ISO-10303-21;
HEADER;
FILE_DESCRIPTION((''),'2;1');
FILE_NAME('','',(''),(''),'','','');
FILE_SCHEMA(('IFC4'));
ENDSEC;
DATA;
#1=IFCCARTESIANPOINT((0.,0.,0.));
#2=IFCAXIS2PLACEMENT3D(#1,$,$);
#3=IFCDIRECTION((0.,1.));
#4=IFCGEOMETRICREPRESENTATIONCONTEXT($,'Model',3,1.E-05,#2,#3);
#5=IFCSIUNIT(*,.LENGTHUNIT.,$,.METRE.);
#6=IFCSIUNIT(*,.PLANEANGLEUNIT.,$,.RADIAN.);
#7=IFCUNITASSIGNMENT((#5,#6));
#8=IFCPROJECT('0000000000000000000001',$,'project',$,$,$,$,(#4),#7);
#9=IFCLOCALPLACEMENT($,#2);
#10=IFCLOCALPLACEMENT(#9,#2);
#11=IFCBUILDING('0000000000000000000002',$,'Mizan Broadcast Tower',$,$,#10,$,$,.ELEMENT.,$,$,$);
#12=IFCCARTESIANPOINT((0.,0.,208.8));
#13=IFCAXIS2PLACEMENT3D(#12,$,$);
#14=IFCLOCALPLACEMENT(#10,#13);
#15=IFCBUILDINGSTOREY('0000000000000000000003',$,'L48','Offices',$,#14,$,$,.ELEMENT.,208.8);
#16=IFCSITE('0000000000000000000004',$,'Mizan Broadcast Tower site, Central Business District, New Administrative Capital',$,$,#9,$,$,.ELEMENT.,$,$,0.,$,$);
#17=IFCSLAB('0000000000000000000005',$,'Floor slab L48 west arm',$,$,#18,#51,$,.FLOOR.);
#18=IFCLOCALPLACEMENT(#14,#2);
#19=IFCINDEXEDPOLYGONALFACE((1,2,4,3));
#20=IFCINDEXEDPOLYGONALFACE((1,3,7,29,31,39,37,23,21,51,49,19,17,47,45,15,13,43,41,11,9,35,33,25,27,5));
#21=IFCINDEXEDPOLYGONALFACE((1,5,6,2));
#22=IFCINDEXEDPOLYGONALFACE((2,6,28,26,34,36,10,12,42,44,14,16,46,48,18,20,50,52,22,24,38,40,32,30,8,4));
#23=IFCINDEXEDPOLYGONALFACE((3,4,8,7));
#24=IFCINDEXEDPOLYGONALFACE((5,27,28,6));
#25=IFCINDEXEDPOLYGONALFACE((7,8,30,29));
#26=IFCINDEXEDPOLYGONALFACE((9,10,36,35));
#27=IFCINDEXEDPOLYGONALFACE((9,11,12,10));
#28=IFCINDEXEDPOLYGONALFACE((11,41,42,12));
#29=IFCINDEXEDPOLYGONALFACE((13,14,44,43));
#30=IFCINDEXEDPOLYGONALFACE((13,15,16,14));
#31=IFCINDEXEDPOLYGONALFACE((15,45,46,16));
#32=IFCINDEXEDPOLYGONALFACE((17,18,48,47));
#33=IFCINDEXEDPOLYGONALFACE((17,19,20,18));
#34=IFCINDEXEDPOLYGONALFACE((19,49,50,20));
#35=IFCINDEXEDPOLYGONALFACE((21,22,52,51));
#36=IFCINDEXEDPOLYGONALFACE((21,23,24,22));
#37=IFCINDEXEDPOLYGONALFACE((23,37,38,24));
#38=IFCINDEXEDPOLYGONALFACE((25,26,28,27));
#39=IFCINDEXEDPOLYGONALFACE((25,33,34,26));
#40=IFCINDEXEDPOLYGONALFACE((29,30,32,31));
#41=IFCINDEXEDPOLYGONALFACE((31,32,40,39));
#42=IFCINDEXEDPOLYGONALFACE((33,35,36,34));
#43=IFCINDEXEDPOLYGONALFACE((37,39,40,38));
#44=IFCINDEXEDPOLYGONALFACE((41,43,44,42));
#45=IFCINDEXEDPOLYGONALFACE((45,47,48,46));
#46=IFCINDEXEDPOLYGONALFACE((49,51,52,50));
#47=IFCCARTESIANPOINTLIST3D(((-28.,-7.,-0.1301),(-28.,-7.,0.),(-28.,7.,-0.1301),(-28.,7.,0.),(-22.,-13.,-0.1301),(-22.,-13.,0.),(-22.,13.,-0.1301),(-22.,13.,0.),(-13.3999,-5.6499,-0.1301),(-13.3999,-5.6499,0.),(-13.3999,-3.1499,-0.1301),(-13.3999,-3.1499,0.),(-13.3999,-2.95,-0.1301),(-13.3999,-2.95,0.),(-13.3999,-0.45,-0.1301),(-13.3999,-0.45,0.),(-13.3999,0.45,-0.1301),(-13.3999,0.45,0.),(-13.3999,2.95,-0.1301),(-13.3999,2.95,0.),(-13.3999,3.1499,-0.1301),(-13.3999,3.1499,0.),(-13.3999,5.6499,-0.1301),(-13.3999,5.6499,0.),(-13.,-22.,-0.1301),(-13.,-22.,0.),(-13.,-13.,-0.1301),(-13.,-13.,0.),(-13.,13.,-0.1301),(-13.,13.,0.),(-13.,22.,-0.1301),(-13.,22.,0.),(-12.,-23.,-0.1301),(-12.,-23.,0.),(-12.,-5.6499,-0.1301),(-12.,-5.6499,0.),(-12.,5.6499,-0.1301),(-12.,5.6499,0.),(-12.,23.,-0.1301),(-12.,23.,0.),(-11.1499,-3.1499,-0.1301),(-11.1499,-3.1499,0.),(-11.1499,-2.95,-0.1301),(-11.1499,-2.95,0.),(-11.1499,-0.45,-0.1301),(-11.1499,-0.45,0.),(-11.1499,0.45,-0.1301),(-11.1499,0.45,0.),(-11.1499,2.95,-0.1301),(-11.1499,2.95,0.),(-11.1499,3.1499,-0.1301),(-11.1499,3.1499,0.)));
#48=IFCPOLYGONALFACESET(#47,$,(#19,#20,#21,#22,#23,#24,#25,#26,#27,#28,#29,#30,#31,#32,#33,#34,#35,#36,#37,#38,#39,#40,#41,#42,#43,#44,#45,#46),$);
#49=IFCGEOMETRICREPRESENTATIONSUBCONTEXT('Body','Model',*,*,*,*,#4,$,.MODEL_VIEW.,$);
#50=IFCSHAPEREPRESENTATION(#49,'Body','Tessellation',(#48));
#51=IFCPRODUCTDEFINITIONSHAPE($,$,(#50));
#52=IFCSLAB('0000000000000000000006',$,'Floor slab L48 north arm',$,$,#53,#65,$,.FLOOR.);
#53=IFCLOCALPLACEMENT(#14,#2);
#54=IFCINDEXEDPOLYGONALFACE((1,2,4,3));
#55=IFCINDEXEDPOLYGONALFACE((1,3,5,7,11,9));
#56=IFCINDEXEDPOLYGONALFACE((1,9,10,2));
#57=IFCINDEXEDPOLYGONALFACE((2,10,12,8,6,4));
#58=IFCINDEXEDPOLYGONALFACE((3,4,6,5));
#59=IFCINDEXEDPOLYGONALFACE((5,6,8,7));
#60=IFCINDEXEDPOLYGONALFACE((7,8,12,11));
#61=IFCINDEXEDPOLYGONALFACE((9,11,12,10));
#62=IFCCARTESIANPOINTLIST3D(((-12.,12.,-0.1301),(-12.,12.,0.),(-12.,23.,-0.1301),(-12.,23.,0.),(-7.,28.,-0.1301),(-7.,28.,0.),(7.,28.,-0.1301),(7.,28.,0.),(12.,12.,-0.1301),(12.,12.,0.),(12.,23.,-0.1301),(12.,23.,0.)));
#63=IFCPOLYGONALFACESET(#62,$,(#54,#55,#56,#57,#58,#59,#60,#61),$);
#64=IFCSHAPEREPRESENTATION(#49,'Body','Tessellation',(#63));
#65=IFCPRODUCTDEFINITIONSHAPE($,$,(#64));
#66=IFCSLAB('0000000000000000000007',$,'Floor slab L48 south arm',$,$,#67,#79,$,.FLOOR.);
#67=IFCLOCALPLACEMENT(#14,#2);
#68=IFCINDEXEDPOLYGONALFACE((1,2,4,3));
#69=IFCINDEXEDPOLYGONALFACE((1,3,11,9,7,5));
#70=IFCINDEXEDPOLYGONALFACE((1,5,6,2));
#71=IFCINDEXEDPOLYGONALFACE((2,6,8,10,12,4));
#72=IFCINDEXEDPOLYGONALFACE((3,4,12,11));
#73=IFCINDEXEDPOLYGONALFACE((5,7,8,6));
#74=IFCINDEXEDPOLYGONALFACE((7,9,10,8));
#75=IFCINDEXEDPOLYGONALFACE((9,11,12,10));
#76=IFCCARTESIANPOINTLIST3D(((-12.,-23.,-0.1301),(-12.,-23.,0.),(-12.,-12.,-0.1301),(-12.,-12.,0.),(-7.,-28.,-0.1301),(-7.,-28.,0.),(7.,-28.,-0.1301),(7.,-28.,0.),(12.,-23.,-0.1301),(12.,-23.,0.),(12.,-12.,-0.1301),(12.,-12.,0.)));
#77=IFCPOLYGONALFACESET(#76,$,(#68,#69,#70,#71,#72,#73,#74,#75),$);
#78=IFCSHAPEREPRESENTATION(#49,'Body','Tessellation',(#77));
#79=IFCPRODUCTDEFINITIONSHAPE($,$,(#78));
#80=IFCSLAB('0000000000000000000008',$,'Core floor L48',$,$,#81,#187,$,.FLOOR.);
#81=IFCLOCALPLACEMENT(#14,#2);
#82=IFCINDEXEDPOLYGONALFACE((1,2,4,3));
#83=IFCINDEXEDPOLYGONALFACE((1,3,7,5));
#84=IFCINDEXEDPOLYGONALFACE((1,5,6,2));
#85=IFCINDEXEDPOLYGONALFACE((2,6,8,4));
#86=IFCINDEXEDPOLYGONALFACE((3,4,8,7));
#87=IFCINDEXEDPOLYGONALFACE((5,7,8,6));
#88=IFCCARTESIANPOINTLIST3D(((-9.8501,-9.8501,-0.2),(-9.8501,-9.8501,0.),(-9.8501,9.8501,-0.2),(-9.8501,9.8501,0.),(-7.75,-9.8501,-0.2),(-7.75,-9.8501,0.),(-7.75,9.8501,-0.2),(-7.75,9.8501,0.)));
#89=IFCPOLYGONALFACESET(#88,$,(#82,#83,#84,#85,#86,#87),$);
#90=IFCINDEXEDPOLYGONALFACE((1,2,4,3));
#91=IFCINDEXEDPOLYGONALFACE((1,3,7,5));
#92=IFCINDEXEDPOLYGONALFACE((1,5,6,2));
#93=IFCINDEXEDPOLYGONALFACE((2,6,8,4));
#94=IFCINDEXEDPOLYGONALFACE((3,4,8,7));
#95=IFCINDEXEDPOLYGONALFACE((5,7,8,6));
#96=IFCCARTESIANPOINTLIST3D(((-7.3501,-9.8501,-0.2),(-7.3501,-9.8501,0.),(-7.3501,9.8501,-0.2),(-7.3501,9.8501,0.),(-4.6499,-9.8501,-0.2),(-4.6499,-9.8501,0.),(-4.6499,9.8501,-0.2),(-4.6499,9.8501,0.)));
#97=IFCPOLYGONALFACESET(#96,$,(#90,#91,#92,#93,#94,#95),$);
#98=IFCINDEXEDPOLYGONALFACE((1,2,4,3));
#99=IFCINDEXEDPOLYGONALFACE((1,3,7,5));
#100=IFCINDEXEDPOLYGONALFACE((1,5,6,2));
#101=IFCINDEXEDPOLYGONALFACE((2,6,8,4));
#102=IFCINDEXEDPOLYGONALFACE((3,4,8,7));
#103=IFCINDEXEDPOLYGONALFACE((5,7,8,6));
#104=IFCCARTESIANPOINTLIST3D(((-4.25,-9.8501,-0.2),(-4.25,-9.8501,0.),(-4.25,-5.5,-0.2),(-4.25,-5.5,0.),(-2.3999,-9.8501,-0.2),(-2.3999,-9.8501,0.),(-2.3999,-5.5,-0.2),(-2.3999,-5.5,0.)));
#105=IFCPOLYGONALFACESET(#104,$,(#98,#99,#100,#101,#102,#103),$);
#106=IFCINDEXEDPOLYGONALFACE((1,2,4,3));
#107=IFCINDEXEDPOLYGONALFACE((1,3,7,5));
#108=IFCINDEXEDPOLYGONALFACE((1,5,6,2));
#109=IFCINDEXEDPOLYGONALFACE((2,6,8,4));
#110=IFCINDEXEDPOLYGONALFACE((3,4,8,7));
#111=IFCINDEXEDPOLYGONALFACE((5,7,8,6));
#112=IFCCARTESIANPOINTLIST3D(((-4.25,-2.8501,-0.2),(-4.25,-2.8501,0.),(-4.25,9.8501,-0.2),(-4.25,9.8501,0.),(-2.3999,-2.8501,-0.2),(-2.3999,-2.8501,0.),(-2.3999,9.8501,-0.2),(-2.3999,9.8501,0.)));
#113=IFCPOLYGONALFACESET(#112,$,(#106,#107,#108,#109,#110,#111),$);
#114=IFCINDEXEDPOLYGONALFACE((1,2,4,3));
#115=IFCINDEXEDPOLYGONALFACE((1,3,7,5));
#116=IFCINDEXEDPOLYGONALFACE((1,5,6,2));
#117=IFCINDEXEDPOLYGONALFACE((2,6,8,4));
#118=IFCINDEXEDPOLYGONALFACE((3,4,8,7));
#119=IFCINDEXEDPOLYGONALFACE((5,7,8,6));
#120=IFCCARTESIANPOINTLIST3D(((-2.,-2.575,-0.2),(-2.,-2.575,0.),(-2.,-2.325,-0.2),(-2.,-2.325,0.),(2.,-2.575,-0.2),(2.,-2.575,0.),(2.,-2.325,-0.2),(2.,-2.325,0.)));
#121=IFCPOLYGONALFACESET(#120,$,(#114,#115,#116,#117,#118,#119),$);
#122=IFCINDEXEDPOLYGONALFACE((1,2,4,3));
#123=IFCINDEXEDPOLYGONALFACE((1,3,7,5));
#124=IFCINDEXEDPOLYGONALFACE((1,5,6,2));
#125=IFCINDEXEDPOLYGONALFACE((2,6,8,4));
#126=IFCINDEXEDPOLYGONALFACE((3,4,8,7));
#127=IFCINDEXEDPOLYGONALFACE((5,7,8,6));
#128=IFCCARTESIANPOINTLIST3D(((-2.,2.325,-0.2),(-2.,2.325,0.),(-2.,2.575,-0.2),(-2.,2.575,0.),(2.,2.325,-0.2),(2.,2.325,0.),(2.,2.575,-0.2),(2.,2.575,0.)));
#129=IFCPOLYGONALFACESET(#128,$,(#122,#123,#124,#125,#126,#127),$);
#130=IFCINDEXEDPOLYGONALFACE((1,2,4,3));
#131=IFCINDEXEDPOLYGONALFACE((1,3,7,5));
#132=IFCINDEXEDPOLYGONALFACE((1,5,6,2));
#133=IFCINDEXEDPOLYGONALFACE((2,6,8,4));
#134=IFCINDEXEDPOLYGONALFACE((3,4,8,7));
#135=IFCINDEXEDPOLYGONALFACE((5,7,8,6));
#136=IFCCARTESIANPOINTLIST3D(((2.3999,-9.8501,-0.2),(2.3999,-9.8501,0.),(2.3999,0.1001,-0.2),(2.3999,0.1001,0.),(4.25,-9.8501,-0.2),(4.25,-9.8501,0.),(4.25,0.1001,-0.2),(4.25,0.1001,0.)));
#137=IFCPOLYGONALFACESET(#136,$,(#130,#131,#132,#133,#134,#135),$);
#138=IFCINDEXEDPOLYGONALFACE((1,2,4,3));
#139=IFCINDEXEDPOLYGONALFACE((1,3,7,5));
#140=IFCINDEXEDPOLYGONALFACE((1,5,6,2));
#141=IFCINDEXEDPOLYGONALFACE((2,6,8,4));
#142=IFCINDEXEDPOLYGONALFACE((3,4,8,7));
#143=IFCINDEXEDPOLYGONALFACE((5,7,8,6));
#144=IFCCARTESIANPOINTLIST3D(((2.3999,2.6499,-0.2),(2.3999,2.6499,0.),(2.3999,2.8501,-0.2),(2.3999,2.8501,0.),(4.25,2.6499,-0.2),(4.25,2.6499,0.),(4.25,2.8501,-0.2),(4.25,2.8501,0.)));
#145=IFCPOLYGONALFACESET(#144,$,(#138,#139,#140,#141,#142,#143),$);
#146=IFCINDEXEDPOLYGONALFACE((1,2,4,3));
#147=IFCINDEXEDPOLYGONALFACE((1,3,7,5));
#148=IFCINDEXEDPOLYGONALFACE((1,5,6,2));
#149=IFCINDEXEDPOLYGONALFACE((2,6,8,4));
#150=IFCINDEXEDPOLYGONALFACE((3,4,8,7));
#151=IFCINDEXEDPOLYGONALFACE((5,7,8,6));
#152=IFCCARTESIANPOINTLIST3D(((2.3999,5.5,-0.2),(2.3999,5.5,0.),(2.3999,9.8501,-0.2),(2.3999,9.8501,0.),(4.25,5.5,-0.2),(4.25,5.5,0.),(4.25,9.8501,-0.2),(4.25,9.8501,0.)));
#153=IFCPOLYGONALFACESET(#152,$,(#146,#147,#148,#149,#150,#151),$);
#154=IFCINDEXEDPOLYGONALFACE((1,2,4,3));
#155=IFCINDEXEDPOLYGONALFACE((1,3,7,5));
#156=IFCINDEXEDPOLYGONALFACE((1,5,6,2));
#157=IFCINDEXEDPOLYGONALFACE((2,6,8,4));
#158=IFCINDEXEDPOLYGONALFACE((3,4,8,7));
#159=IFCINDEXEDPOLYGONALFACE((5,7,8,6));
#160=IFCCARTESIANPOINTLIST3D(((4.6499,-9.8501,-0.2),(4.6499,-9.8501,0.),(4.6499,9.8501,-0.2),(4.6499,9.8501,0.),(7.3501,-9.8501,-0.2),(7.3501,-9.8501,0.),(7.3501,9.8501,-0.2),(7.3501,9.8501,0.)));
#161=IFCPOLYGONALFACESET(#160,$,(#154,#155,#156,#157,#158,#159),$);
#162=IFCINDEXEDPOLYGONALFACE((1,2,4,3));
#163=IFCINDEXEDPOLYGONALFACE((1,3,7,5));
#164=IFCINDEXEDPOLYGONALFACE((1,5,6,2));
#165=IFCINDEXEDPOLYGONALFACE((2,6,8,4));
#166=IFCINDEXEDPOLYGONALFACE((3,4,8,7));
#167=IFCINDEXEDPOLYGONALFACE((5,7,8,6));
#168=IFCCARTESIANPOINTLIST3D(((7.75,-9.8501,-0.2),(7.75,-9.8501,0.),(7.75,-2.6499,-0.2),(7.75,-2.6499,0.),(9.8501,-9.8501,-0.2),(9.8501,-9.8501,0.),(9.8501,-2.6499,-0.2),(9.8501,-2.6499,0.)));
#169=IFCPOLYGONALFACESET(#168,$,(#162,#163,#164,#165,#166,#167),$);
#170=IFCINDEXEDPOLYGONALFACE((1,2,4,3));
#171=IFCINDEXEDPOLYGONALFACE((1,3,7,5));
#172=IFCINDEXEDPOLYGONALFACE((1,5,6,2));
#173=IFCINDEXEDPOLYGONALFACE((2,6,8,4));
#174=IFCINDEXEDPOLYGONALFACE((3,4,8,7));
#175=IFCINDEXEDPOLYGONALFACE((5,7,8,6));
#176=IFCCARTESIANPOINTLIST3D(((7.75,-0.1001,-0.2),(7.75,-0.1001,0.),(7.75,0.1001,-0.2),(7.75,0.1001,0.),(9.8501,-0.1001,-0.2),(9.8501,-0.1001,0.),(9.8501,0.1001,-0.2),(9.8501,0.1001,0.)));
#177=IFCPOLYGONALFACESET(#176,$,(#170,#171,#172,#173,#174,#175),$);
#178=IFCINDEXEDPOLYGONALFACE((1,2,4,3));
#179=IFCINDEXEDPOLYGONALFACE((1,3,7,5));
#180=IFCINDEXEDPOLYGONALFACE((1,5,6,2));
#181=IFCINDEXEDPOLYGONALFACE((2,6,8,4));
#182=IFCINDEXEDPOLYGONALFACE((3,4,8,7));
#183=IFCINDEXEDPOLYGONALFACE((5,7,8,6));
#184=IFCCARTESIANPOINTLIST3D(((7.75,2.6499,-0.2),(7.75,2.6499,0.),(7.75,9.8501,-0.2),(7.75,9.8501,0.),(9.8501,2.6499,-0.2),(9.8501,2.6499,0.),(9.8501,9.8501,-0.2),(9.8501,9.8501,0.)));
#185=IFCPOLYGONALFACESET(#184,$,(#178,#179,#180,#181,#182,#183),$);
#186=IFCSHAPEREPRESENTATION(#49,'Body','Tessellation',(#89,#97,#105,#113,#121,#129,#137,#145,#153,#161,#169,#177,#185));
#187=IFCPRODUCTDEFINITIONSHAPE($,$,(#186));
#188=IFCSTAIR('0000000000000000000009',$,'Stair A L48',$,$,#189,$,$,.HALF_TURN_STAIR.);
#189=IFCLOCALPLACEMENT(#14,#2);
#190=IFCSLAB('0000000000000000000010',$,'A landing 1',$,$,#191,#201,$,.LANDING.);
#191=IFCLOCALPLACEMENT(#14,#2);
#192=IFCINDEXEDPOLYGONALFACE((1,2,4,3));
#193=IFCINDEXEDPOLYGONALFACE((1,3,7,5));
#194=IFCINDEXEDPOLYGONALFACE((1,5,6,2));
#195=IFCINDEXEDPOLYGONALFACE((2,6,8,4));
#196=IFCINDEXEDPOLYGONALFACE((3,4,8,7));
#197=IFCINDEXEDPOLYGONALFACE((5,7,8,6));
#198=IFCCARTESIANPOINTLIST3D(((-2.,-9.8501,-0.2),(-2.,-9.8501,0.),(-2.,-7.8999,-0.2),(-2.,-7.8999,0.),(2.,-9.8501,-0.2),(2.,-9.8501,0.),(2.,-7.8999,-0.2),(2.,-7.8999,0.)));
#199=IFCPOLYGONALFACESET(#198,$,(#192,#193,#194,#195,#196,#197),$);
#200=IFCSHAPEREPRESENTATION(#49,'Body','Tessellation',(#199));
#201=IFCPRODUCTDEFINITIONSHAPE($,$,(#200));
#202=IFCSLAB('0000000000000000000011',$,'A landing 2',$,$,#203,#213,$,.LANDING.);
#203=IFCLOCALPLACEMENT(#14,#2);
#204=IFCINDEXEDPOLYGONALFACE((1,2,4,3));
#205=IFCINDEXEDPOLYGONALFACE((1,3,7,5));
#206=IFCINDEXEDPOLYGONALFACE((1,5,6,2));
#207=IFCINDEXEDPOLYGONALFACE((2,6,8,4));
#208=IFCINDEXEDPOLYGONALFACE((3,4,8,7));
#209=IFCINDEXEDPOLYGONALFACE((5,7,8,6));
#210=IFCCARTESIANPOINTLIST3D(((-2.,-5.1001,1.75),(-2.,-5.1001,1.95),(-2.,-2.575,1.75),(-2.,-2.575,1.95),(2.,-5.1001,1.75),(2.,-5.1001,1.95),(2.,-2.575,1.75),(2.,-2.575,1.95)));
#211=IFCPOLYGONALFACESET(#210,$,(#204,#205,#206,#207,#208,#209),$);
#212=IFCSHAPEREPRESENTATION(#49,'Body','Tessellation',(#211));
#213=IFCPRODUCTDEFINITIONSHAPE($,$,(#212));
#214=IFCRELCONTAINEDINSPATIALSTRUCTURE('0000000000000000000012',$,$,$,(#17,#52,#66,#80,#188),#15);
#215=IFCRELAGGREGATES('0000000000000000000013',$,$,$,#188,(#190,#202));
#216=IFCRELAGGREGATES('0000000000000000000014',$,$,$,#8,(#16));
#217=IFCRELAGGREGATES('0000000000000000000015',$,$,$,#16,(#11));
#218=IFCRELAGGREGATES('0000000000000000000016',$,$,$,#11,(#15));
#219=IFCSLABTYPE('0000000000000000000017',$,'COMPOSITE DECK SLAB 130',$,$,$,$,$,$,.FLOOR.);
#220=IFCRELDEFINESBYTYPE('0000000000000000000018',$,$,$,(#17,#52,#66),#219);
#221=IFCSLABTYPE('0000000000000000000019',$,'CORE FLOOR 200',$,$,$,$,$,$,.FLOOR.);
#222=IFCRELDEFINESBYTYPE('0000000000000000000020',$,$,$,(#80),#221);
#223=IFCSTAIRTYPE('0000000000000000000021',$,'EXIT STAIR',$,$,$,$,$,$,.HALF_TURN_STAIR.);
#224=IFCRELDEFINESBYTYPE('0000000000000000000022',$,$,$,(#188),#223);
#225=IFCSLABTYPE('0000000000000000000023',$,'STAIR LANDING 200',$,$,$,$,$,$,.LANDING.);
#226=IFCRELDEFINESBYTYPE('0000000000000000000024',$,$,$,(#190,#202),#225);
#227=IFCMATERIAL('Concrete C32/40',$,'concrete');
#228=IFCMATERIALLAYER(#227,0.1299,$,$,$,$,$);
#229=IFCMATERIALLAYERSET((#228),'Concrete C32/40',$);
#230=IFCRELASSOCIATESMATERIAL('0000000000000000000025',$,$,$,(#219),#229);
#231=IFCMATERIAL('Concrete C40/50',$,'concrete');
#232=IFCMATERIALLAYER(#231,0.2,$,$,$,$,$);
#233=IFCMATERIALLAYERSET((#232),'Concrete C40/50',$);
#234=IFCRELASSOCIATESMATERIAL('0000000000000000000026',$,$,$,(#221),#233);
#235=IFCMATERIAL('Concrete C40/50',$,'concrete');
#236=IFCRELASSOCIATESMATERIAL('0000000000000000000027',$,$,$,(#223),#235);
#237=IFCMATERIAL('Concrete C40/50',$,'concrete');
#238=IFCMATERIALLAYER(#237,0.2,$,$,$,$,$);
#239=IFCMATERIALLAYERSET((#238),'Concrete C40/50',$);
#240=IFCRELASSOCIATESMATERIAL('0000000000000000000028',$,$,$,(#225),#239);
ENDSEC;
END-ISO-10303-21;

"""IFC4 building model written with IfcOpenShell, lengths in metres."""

from ifc_helpers import new_model, si_unit, direction, frame, origin, place, context, subcontext, project, spatial, polyline, outline, extrude, material, layer, layer_set, type_object, element, aggregate, save


model = new_model("IFC4")

# Units and contexts
model_context = context("Model", 3, precision=1e-05, world=origin(), true_north=direction((0.0, 1.0)))
body_context = subcontext(model_context, "Body", "Model", "MODEL_VIEW")
ifc_project = project(units=[si_unit("LENGTHUNIT", "METRE"), si_unit("PLANEANGLEUNIT", "RADIAN")], contexts=[model_context])

# Site, building, storey
site_placement = place(None, origin())
site = spatial("IfcSite", under=ifc_project, at=site_placement, Name="Mizan Broadcast Tower site, Central Business District, New Administrative Capital", CompositionType="ELEMENT", RefElevation=0.0)
building_placement = place(site_placement, origin())
building = spatial("IfcBuilding", under=site, at=building_placement, Name="Mizan Broadcast Tower", CompositionType="ELEMENT")
storey_placement = place(building_placement, frame((0.0, 0.0, 208.8)))
storey = spatial("IfcBuildingStorey", under=building, at=storey_placement, Name="L48", Description="Offices", CompositionType="ELEMENT", Elevation=208.8)

# Slabs
ifc_material_1 = material(Name="Concrete C32/40", Category="concrete")
ifc_layer_1 = layer(ifc_material_1, 0.1299)
ifc_layer_set_1 = layer_set([ifc_layer_1], Name="Concrete C32/40")
slab_type_1 = type_object("IfcSlabType", Name="COMPOSITE DECK SLAB 130", PredefinedType="FLOOR", material=ifc_layer_set_1)
slab_1_placement = place(storey_placement, frame((0.0, 0.0, -0.1301)))
element("IfcSlab", 1, at=slab_1_placement, inside=storey, type_object=slab_type_1, Name="Floor slab L48 west arm", PredefinedType="FLOOR", context=body_context, shape_type="SweptSolid", body=[
    extrude(outline(polyline([(-22.0, 13.0), (-28.0, 7.0), (-28.0, -7.0), (-22.0, -13.0), (-13.0, -13.0), (-13.0, -22.0), (-12.0, -23.0), (-12.0, -5.6499), (-13.3999, -5.6499), (-13.3999, -3.1499), (-11.1499, -3.1499), (-11.1499, -2.95), (-13.3999, -2.95), (-13.3999, -0.45), (-11.1499, -0.45), (-11.1499, 0.45), (-13.3999, 0.45), (-13.3999, 2.95), (-11.1499, 2.95), (-11.1499, 3.1499), (-13.3999, 3.1499), (-13.3999, 5.6499), (-12.0, 5.6499), (-12.0, 23.0), (-13.0, 22.0), (-13.0, 13.0), (-22.0, 13.0)])), origin(), (0.0, 0.0, 1.0), 0.1301),
])
slab_2_placement = place(storey_placement, frame((0.0, 0.0, -0.1301)))
element("IfcSlab", 2, at=slab_2_placement, inside=storey, type_object=slab_type_1, Name="Floor slab L48 north arm", PredefinedType="FLOOR", context=body_context, shape_type="SweptSolid", body=[
    extrude(outline(polyline([(-7.0, 28.0), (-12.0, 23.0), (-12.0, 12.0), (12.0, 12.0), (12.0, 23.0), (7.0, 28.0), (-7.0, 28.0)])), origin(), (0.0, 0.0, 1.0), 0.1301),
])
slab_3_placement = place(storey_placement, frame((0.0, 0.0, -0.1301)))
element("IfcSlab", 3, at=slab_3_placement, inside=storey, type_object=slab_type_1, Name="Floor slab L48 south arm", PredefinedType="FLOOR", context=body_context, shape_type="SweptSolid", body=[
    extrude(outline(polyline([(7.0, -28.0), (12.0, -23.0), (12.0, -12.0), (-12.0, -12.0), (-12.0, -23.0), (-7.0, -28.0), (7.0, -28.0)])), origin(), (0.0, 0.0, 1.0), 0.1301),
])
ifc_material_2 = material(Name="Concrete C40/50", Category="concrete")
ifc_layer_2 = layer(ifc_material_2, 0.2)
ifc_layer_set_2 = layer_set([ifc_layer_2], Name="Concrete C40/50")
slab_type_2 = type_object("IfcSlabType", Name="CORE FLOOR 200", PredefinedType="FLOOR", material=ifc_layer_set_2)
slab_4_placement = place(storey_placement, frame((0.0, 0.0, -0.2)))
element("IfcSlab", 4, at=slab_4_placement, inside=storey, type_object=slab_type_2, Name="Core floor L48", PredefinedType="FLOOR", context=body_context, shape_type="SweptSolid", body=[
    extrude(outline(polyline([(-9.8501, -9.8501), (-7.75, -9.8501), (-7.75, 9.8501), (-9.8501, 9.8501), (-9.8501, -9.8501)])), origin(), (0.0, 0.0, 1.0), 0.2),
    extrude(outline(polyline([(-4.6499, 9.8501), (-7.3501, 9.8501), (-7.3501, -9.8501), (-4.6499, -9.8501), (-4.6499, 9.8501)])), origin(), (0.0, 0.0, 1.0), 0.2),
    extrude(outline(polyline([(-4.25, -5.5), (-4.25, -9.8501), (-2.3999, -9.8501), (-2.3999, -5.5), (-4.25, -5.5)])), origin(), (0.0, 0.0, 1.0), 0.2),
    extrude(outline(polyline([(-4.25, -2.8501), (-2.3999, -2.8501), (-2.3999, 9.8501), (-4.25, 9.8501), (-4.25, -2.8501)])), origin(), (0.0, 0.0, 1.0), 0.2),
    extrude(outline(polyline([(2.0, -2.325), (-2.0, -2.325), (-2.0, -2.575), (2.0, -2.575), (2.0, -2.325)])), origin(), (0.0, 0.0, 1.0), 0.2),
    extrude(outline(polyline([(2.0, 2.575), (-2.0, 2.575), (-2.0, 2.325), (2.0, 2.325), (2.0, 2.575)])), origin(), (0.0, 0.0, 1.0), 0.2),
    extrude(outline(polyline([(4.25, -9.8501), (4.25, 0.1001), (2.3999, 0.1001), (2.3999, -9.8501), (4.25, -9.8501)])), origin(), (0.0, 0.0, 1.0), 0.2),
    extrude(outline(polyline([(4.25, 2.6499), (4.25, 2.8501), (2.3999, 2.8501), (2.3999, 2.6499), (4.25, 2.6499)])), origin(), (0.0, 0.0, 1.0), 0.2),
    extrude(outline(polyline([(4.25, 5.5), (4.25, 9.8501), (2.3999, 9.8501), (2.3999, 5.5), (4.25, 5.5)])), origin(), (0.0, 0.0, 1.0), 0.2),
    extrude(outline(polyline([(4.6499, 9.8501), (4.6499, -9.8501), (7.3501, -9.8501), (7.3501, 9.8501), (4.6499, 9.8501)])), origin(), (0.0, 0.0, 1.0), 0.2),
    extrude(outline(polyline([(9.8501, -9.8501), (9.8501, -2.6499), (7.75, -2.6499), (7.75, -9.8501), (9.8501, -9.8501)])), origin(), (0.0, 0.0, 1.0), 0.2),
    extrude(outline(polyline([(9.8501, -0.1001), (9.8501, 0.1001), (7.75, 0.1001), (7.75, -0.1001), (9.8501, -0.1001)])), origin(), (0.0, 0.0, 1.0), 0.2),
    extrude(outline(polyline([(7.75, 9.8501), (7.75, 2.6499), (9.8501, 2.6499), (9.8501, 9.8501), (7.75, 9.8501)])), origin(), (0.0, 0.0, 1.0), 0.2),
])

# Stair, slabs
ifc_material_3 = material(Name="Concrete C40/50", Category="concrete")
stair_type = type_object("IfcStairType", Name="EXIT STAIR", PredefinedType="HALF_TURN_STAIR", material=ifc_material_3)
stair_1_placement = place(storey_placement, origin())
stair_1 = element("IfcStair", 5, at=stair_1_placement, inside=storey, type_object=stair_type, Name="Stair A L48", PredefinedType="HALF_TURN_STAIR")
ifc_material_4 = material(Name="Concrete C40/50", Category="concrete")
ifc_layer_3 = layer(ifc_material_4, 0.2)
ifc_layer_set_3 = layer_set([ifc_layer_3], Name="Concrete C40/50")
slab_type_3 = type_object("IfcSlabType", Name="STAIR LANDING 200", PredefinedType="LANDING", material=ifc_layer_set_3)
slab_5_placement = place(storey_placement, frame((0.0, 0.0, -0.2)))
slab_5 = element("IfcSlab", 6, at=slab_5_placement, type_object=slab_type_3, Name="A landing 1", PredefinedType="LANDING", context=body_context, shape_type="SweptSolid", body=[
    extrude(outline(polyline([(-2.0, -9.8501), (-2.0, -7.8999), (2.0, -7.8999), (2.0, -9.8501), (-2.0, -9.8501)])), origin(), (0.0, 0.0, 1.0), 0.2),
])
slab_6_placement = place(storey_placement, frame((0.0, 0.0, 1.75)))
slab_6 = element("IfcSlab", 7, at=slab_6_placement, type_object=slab_type_3, Name="A landing 2", PredefinedType="LANDING", context=body_context, shape_type="SweptSolid", body=[
    extrude(outline(polyline([(-2.0, -5.1001), (-2.0, -2.575), (2.0, -2.575), (2.0, -5.1001), (-2.0, -5.1001)])), origin(), (0.0, 0.0, 1.0), 0.2),
])

aggregate(stair_1, [slab_5, slab_6])

save(model, "model.ifc")
